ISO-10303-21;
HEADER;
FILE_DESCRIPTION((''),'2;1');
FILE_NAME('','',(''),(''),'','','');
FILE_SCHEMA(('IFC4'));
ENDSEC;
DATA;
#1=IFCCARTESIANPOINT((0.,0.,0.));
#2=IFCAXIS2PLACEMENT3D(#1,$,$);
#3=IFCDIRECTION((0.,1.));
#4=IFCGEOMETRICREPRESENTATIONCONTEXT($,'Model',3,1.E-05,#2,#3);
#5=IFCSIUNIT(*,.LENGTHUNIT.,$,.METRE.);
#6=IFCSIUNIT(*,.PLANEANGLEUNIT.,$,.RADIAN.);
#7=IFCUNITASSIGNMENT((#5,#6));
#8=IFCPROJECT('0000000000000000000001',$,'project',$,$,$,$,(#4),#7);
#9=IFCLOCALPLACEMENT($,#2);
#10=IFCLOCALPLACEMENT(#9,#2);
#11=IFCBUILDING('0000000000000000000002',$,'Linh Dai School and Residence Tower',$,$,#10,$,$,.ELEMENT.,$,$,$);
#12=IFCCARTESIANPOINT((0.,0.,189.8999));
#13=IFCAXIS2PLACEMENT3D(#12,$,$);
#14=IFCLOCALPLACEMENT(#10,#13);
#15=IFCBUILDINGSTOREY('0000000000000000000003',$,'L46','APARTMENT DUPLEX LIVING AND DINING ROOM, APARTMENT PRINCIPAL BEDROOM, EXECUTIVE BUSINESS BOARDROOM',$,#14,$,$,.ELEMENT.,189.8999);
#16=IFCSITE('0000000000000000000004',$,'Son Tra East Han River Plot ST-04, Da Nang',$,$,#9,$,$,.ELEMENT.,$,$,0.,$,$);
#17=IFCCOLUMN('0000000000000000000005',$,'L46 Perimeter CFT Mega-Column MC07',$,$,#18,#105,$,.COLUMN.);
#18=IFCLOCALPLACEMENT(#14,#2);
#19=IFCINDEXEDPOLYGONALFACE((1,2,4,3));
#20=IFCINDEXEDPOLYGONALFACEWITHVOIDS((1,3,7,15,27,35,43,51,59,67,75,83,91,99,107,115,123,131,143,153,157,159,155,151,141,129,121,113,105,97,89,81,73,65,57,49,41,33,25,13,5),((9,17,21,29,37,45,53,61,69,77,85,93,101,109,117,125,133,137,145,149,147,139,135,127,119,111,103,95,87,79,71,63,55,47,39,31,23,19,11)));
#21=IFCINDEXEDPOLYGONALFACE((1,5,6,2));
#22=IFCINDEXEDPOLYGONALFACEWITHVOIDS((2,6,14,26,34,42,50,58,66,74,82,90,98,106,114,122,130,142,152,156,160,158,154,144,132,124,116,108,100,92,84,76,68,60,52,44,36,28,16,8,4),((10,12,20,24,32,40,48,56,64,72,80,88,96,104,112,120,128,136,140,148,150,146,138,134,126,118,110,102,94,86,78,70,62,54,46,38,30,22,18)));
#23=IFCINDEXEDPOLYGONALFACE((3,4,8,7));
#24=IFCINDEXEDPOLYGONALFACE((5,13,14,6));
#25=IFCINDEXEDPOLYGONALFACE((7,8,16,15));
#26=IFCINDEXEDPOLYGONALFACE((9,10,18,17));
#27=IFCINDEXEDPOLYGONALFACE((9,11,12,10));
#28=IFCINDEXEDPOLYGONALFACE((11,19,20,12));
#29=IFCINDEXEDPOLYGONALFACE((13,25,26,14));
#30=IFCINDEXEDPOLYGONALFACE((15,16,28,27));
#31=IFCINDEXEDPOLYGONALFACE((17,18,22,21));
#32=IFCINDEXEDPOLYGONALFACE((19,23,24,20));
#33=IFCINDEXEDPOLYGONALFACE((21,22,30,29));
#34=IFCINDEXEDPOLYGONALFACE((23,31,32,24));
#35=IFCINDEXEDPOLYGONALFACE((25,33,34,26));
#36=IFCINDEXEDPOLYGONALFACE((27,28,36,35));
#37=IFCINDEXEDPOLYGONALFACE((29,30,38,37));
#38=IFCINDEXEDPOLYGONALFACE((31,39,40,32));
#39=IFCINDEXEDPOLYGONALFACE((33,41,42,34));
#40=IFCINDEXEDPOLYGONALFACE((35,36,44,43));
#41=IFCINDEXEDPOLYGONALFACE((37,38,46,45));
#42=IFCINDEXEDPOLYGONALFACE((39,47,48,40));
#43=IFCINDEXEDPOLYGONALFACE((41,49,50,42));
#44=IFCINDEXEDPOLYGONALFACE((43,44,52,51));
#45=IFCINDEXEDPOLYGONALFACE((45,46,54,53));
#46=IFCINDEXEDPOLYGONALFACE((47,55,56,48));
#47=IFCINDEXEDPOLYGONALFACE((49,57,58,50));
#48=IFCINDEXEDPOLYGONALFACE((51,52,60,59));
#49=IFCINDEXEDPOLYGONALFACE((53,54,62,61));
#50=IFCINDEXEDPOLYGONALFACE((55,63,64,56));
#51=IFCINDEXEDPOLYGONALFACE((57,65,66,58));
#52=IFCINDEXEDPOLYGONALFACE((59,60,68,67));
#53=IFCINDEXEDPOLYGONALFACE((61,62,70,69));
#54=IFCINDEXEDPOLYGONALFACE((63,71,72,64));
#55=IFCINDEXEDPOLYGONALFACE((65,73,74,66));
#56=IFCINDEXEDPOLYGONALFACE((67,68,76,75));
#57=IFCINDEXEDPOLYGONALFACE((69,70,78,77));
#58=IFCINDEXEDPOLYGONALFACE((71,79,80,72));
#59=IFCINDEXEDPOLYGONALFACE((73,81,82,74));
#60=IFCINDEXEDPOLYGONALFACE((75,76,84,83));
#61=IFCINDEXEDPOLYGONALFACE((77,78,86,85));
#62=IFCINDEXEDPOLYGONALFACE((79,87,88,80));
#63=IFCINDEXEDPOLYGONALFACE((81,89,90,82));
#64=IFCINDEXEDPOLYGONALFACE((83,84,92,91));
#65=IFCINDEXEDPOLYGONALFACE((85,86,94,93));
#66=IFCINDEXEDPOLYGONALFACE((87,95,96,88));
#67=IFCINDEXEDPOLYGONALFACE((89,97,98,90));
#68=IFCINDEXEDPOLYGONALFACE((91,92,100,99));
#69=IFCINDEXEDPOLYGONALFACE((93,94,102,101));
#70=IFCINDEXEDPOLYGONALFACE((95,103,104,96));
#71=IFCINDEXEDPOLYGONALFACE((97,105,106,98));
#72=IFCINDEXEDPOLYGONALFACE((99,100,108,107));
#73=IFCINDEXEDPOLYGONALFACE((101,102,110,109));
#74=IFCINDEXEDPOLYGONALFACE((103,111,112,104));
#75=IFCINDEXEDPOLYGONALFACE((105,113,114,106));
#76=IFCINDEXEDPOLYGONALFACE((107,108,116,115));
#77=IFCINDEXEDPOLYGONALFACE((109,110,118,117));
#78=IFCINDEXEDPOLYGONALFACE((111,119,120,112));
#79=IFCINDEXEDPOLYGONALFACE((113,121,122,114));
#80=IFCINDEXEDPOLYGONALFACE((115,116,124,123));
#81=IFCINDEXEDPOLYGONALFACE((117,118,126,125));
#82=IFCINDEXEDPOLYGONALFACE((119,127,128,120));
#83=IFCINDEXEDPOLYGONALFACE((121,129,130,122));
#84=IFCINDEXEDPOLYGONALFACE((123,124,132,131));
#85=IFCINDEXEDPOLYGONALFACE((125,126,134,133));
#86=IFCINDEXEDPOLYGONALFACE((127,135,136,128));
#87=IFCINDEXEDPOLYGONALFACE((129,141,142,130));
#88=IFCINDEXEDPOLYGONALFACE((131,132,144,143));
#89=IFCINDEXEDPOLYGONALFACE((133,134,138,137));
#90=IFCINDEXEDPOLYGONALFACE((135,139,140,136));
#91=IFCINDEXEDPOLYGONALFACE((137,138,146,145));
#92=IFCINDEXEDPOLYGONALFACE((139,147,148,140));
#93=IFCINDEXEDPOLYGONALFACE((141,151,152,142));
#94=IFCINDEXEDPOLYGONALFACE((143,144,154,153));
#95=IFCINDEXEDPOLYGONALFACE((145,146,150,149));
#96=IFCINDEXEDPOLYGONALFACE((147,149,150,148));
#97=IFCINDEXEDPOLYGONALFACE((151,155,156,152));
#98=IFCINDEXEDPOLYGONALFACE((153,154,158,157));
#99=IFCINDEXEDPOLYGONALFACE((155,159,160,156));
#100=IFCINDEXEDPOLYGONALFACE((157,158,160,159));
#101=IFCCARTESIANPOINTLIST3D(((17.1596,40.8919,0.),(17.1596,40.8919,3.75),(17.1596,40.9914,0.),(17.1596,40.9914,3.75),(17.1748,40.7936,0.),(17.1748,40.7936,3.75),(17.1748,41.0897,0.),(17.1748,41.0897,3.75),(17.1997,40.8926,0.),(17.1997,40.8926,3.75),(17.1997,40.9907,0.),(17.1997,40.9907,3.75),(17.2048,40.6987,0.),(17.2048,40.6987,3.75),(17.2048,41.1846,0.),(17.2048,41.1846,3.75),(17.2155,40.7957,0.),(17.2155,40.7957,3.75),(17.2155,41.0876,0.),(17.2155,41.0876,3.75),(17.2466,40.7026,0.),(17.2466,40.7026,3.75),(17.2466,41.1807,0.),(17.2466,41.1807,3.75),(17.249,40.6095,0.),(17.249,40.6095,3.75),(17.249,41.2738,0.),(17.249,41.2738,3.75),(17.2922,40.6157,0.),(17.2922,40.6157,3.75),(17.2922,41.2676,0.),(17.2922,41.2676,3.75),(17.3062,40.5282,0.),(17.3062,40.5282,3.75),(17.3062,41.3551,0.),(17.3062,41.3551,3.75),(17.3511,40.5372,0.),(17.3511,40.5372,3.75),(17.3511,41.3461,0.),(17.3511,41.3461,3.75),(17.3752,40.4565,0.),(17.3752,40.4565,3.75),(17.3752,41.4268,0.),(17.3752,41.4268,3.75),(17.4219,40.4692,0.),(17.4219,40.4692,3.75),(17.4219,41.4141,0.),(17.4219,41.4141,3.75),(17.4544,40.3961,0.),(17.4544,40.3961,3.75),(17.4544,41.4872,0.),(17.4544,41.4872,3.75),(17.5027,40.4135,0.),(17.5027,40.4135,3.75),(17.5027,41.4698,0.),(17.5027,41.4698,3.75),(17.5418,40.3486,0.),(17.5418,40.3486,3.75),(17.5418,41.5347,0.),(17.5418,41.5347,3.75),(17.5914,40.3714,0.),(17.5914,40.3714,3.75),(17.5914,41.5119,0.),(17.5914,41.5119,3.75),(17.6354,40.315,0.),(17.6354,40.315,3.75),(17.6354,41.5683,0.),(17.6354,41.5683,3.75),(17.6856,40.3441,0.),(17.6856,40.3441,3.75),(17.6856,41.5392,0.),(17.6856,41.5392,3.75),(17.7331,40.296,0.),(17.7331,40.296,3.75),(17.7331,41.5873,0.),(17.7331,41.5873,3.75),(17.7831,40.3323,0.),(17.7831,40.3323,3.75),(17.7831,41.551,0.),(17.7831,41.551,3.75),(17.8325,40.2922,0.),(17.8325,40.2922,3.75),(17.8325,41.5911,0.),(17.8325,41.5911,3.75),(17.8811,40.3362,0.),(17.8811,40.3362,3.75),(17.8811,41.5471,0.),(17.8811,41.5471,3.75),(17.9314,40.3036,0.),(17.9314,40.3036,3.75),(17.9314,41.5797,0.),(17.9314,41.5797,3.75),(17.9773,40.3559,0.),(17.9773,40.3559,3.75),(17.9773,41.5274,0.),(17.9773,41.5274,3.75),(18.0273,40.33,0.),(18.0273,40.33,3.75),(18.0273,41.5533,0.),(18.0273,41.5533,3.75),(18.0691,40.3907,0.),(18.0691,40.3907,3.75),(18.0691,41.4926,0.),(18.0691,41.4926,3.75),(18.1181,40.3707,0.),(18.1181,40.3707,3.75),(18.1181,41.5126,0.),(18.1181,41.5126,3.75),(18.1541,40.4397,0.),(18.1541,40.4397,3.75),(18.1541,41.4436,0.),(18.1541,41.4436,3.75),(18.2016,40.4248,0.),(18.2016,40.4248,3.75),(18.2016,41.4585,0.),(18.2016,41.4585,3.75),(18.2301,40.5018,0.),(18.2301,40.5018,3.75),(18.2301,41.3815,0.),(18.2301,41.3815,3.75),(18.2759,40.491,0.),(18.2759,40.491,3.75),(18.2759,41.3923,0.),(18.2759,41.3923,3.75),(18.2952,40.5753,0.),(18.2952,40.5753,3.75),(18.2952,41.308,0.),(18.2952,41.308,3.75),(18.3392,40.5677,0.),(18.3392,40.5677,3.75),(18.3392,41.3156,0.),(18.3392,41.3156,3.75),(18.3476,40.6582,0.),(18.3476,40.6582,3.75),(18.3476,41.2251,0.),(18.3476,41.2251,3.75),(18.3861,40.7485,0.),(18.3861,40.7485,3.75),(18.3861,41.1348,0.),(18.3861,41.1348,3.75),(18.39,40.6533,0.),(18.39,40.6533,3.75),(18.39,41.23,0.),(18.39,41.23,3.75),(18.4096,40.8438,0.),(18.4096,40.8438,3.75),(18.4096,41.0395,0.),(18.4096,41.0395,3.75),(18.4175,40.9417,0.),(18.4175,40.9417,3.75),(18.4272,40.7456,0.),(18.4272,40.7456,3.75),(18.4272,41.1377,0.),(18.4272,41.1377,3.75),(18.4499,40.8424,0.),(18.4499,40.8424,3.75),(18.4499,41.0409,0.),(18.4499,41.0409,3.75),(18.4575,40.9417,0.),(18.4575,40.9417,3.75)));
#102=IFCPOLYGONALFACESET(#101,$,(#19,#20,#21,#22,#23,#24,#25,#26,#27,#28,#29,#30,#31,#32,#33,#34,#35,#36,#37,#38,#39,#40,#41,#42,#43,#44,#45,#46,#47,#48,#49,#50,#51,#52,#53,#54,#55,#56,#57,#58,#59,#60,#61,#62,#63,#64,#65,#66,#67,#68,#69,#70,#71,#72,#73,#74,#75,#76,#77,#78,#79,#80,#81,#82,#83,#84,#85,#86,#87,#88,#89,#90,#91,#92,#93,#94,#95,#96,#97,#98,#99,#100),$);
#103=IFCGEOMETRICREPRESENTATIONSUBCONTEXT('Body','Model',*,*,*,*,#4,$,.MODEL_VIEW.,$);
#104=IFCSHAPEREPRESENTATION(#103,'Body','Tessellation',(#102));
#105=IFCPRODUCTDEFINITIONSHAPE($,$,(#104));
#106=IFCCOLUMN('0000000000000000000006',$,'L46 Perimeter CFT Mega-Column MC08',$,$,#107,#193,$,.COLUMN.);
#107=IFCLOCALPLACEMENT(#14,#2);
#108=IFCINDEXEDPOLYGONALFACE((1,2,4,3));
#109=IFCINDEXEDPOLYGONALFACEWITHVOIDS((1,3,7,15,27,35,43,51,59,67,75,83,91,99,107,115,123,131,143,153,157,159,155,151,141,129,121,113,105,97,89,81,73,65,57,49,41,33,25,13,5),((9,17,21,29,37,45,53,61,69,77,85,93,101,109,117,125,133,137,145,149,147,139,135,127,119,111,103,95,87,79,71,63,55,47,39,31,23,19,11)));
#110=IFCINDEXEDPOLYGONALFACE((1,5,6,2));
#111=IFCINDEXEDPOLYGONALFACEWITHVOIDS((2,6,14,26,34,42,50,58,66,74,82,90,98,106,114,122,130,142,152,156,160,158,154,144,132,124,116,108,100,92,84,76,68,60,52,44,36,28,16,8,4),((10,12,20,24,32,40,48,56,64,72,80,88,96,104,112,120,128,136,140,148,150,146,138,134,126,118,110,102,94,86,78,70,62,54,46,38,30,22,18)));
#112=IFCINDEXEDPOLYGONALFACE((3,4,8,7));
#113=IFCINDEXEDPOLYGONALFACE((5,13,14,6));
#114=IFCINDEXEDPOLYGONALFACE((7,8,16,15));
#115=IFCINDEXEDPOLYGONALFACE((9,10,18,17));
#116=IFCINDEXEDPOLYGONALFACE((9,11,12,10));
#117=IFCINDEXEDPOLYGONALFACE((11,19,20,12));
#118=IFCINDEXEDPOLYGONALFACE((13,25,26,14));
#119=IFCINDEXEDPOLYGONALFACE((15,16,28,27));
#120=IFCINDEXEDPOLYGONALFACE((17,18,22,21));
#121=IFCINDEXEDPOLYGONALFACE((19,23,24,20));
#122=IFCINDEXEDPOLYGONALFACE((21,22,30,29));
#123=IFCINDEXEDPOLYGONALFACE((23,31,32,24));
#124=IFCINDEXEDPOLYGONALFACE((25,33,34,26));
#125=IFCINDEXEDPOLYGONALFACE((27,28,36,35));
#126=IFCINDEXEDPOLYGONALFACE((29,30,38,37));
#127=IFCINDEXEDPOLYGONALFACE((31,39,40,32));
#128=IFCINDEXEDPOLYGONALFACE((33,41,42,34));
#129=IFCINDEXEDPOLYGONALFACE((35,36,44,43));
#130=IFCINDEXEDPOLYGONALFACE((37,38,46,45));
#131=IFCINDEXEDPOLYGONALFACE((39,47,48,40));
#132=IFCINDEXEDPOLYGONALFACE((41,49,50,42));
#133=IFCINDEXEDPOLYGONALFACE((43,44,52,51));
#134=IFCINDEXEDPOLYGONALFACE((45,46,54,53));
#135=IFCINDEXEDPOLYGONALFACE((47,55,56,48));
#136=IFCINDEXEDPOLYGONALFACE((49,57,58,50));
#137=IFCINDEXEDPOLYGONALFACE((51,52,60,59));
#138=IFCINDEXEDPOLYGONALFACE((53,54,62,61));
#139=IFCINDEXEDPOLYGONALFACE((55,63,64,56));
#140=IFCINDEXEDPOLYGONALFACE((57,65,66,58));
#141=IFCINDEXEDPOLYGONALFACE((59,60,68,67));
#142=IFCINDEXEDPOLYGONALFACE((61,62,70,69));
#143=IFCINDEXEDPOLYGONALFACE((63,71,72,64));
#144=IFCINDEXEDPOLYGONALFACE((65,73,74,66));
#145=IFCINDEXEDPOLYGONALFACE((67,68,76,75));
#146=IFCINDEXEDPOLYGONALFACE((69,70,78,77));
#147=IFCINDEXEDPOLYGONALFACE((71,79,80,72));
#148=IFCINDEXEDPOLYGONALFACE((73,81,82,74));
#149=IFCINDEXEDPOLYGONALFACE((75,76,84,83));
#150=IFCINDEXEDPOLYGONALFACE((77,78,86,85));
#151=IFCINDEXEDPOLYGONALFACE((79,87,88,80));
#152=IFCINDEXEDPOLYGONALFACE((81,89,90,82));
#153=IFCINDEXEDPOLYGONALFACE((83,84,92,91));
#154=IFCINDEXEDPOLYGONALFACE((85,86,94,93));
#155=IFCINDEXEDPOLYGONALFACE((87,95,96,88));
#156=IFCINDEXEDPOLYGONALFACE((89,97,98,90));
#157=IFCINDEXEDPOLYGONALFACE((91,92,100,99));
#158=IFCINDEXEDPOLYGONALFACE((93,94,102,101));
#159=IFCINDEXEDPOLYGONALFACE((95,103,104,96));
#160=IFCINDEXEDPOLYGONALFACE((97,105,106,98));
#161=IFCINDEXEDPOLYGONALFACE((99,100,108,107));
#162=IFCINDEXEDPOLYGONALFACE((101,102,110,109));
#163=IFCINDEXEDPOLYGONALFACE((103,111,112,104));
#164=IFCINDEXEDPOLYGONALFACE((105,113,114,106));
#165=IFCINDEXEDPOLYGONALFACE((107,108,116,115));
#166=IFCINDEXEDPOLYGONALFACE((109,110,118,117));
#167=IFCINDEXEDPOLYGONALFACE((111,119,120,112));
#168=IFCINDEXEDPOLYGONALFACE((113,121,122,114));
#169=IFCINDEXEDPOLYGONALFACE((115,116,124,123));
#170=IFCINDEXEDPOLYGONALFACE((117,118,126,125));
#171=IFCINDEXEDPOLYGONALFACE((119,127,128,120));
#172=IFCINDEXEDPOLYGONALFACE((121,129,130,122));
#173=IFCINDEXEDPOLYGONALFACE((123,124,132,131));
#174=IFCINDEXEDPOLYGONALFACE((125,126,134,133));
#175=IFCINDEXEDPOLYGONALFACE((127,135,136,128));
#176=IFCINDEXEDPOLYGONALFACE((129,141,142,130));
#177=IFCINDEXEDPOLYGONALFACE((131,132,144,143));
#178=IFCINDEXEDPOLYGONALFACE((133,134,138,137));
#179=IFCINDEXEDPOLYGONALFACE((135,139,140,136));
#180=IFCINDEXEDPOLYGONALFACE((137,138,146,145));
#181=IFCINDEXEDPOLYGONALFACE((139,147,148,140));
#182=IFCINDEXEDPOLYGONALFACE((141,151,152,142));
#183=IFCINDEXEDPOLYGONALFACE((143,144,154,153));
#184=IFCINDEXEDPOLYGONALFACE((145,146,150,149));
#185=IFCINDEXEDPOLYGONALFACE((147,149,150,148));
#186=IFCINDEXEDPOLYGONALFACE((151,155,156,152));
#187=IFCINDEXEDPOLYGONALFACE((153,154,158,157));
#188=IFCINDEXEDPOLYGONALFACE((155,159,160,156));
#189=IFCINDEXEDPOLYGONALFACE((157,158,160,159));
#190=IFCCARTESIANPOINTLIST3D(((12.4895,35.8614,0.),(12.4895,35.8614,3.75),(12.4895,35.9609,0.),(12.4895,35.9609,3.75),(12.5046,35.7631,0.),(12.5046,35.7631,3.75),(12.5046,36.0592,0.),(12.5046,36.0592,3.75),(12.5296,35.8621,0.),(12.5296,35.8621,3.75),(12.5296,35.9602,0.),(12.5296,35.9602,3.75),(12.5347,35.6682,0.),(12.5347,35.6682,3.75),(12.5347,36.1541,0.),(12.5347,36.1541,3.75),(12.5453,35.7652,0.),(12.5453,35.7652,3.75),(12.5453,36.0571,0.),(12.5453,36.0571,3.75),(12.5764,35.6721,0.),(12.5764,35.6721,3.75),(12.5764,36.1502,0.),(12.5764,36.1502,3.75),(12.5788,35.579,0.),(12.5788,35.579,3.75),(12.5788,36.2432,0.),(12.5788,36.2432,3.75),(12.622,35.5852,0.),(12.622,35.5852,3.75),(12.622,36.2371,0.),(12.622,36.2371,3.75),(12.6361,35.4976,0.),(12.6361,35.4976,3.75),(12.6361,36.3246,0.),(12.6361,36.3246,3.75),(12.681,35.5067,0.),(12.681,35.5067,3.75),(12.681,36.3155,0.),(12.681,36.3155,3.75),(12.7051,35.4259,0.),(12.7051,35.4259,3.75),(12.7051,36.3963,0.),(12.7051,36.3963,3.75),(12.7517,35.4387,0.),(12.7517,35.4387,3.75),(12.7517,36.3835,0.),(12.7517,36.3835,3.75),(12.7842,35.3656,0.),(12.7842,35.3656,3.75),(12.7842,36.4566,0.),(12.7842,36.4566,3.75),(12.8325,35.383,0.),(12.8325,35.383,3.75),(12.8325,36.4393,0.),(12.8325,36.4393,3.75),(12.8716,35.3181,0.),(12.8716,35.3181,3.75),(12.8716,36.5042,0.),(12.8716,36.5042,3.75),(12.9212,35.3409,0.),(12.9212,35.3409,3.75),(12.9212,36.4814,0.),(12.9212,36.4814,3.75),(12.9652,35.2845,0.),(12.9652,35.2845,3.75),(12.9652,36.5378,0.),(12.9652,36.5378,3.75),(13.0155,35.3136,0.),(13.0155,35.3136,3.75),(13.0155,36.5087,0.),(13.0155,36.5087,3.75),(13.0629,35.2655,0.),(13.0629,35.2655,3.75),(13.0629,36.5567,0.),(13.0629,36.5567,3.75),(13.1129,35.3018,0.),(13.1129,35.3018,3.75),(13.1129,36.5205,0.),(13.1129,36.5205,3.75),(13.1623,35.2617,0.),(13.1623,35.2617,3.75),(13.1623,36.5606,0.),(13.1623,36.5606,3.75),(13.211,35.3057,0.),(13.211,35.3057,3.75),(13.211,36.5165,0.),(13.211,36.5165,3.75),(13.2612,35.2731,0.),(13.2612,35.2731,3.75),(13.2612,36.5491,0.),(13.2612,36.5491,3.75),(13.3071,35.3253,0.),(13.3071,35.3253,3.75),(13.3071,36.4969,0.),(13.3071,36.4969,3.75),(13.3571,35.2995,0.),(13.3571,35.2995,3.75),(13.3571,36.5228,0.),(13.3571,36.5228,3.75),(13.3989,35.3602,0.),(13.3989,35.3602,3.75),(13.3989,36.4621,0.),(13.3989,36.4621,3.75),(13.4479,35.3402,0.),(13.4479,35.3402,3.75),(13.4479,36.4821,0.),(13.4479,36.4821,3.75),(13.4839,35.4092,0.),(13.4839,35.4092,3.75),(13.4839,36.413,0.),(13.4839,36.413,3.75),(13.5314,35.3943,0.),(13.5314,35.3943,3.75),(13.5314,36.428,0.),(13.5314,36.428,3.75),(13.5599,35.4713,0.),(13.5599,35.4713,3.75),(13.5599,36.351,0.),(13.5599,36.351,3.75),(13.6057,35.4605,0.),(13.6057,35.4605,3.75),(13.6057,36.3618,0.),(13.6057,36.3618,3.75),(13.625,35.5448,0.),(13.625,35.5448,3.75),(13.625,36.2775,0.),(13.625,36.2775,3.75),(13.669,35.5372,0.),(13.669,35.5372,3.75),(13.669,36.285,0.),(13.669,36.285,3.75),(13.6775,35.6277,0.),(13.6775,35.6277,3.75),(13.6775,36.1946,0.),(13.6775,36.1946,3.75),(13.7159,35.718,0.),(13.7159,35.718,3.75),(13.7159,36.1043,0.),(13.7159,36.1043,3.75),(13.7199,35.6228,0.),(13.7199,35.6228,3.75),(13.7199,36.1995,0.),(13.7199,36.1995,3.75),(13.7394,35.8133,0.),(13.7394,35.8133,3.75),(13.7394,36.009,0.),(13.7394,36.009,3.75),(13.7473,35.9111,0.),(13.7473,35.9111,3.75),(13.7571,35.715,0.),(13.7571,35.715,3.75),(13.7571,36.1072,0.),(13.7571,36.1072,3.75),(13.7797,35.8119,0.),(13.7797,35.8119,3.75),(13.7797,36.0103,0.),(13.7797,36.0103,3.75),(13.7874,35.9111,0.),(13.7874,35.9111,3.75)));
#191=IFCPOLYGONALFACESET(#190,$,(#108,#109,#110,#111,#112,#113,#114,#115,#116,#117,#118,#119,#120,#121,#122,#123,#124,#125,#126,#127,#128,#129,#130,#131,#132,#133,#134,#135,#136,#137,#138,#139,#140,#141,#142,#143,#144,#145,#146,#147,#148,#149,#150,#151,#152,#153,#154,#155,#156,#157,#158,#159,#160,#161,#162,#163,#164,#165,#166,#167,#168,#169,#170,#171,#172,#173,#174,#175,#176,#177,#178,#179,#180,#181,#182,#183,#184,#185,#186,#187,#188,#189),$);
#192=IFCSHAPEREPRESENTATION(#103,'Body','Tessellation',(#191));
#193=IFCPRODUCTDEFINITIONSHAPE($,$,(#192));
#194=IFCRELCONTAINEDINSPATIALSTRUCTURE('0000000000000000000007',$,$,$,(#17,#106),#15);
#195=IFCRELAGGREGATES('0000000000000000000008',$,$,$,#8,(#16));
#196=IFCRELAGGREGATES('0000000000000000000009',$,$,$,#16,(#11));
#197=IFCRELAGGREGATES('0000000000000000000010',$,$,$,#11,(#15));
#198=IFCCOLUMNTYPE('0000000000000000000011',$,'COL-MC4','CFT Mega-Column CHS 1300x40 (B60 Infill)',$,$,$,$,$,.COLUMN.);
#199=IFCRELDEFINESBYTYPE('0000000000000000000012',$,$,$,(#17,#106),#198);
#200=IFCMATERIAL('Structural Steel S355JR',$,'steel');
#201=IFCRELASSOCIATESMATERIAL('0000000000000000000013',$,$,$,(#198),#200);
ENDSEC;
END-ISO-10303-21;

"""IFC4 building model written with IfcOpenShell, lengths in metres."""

from ifc_helpers import new_model, si_unit, direction, frame, origin, origin_2d, place, context, subcontext, project, spatial, hollow_circle, extrude, material, material_profile, profile_set, type_object, element, save


model = new_model("IFC4")

# Units and contexts
model_context = context("Model", 3, precision=1e-05, world=origin(), true_north=direction((0.0, 1.0)))
body_context = subcontext(model_context, "Body", "Model", "MODEL_VIEW")
ifc_project = project(units=[si_unit("LENGTHUNIT", "METRE"), si_unit("PLANEANGLEUNIT", "RADIAN")], contexts=[model_context])

# Site, building, storey
site_placement = place(None, origin())
site = spatial("IfcSite", under=ifc_project, at=site_placement, Name="Son Tra East Han River Plot ST-04, Da Nang", CompositionType="ELEMENT", RefElevation=0.0)
building_placement = place(site_placement, origin())
building = spatial("IfcBuilding", under=site, at=building_placement, Name="Linh Dai School and Residence Tower", CompositionType="ELEMENT")
storey_placement = place(building_placement, frame((0.0, 0.0, 189.8999)))
storey = spatial("IfcBuildingStorey", under=building, at=storey_placement, Name="L46", Description="APARTMENT DUPLEX LIVING AND DINING ROOM, APARTMENT PRINCIPAL BEDROOM, EXECUTIVE BUSINESS BOARDROOM", CompositionType="ELEMENT", Elevation=189.8999)

# Columns
ifc_material_1 = material(Name="Structural Steel S355JR", Category="steel")
ifc_material_profile_1 = material_profile(ifc_material_1, hollow_circle(Radius=0.6499, WallThickness=0.04, at=origin_2d()), Name="CHS 1300x40")
ifc_profile_set_1 = profile_set([ifc_material_profile_1], Name="Structural Steel S355JR")
column_type = type_object("IfcColumnType", Name="COL-MC4", Description="CFT Mega-Column CHS 1300x40 (B60 Infill)", PredefinedType="COLUMN", material=ifc_profile_set_1)
for number, where, z_axis, x_axis, name in (
    (1, (17.8076, 40.9417, 0.0), (0.0, 0.0, 1.0), (1.0, 0.0, 0.0), "L46 Perimeter CFT Mega-Column MC07"),
    (2, (13.1375, 35.9111, 0.0), (0.0, 0.0, 1.0), (1.0, 0.0, 0.0), "L46 Perimeter CFT Mega-Column MC08"),
):
    element("IfcColumn", number, at=place(storey_placement, frame(where, z_axis=z_axis, x_axis=x_axis)), inside=storey, type_object=column_type, Name=name, PredefinedType="COLUMN", context=body_context, shape_type="SweptSolid", body=[
        extrude(hollow_circle(Radius=0.6499, WallThickness=0.04, at=origin_2d()), origin(), (0.0, 0.0, 1.0), 3.75),
    ])

save(model, "model.ifc")
